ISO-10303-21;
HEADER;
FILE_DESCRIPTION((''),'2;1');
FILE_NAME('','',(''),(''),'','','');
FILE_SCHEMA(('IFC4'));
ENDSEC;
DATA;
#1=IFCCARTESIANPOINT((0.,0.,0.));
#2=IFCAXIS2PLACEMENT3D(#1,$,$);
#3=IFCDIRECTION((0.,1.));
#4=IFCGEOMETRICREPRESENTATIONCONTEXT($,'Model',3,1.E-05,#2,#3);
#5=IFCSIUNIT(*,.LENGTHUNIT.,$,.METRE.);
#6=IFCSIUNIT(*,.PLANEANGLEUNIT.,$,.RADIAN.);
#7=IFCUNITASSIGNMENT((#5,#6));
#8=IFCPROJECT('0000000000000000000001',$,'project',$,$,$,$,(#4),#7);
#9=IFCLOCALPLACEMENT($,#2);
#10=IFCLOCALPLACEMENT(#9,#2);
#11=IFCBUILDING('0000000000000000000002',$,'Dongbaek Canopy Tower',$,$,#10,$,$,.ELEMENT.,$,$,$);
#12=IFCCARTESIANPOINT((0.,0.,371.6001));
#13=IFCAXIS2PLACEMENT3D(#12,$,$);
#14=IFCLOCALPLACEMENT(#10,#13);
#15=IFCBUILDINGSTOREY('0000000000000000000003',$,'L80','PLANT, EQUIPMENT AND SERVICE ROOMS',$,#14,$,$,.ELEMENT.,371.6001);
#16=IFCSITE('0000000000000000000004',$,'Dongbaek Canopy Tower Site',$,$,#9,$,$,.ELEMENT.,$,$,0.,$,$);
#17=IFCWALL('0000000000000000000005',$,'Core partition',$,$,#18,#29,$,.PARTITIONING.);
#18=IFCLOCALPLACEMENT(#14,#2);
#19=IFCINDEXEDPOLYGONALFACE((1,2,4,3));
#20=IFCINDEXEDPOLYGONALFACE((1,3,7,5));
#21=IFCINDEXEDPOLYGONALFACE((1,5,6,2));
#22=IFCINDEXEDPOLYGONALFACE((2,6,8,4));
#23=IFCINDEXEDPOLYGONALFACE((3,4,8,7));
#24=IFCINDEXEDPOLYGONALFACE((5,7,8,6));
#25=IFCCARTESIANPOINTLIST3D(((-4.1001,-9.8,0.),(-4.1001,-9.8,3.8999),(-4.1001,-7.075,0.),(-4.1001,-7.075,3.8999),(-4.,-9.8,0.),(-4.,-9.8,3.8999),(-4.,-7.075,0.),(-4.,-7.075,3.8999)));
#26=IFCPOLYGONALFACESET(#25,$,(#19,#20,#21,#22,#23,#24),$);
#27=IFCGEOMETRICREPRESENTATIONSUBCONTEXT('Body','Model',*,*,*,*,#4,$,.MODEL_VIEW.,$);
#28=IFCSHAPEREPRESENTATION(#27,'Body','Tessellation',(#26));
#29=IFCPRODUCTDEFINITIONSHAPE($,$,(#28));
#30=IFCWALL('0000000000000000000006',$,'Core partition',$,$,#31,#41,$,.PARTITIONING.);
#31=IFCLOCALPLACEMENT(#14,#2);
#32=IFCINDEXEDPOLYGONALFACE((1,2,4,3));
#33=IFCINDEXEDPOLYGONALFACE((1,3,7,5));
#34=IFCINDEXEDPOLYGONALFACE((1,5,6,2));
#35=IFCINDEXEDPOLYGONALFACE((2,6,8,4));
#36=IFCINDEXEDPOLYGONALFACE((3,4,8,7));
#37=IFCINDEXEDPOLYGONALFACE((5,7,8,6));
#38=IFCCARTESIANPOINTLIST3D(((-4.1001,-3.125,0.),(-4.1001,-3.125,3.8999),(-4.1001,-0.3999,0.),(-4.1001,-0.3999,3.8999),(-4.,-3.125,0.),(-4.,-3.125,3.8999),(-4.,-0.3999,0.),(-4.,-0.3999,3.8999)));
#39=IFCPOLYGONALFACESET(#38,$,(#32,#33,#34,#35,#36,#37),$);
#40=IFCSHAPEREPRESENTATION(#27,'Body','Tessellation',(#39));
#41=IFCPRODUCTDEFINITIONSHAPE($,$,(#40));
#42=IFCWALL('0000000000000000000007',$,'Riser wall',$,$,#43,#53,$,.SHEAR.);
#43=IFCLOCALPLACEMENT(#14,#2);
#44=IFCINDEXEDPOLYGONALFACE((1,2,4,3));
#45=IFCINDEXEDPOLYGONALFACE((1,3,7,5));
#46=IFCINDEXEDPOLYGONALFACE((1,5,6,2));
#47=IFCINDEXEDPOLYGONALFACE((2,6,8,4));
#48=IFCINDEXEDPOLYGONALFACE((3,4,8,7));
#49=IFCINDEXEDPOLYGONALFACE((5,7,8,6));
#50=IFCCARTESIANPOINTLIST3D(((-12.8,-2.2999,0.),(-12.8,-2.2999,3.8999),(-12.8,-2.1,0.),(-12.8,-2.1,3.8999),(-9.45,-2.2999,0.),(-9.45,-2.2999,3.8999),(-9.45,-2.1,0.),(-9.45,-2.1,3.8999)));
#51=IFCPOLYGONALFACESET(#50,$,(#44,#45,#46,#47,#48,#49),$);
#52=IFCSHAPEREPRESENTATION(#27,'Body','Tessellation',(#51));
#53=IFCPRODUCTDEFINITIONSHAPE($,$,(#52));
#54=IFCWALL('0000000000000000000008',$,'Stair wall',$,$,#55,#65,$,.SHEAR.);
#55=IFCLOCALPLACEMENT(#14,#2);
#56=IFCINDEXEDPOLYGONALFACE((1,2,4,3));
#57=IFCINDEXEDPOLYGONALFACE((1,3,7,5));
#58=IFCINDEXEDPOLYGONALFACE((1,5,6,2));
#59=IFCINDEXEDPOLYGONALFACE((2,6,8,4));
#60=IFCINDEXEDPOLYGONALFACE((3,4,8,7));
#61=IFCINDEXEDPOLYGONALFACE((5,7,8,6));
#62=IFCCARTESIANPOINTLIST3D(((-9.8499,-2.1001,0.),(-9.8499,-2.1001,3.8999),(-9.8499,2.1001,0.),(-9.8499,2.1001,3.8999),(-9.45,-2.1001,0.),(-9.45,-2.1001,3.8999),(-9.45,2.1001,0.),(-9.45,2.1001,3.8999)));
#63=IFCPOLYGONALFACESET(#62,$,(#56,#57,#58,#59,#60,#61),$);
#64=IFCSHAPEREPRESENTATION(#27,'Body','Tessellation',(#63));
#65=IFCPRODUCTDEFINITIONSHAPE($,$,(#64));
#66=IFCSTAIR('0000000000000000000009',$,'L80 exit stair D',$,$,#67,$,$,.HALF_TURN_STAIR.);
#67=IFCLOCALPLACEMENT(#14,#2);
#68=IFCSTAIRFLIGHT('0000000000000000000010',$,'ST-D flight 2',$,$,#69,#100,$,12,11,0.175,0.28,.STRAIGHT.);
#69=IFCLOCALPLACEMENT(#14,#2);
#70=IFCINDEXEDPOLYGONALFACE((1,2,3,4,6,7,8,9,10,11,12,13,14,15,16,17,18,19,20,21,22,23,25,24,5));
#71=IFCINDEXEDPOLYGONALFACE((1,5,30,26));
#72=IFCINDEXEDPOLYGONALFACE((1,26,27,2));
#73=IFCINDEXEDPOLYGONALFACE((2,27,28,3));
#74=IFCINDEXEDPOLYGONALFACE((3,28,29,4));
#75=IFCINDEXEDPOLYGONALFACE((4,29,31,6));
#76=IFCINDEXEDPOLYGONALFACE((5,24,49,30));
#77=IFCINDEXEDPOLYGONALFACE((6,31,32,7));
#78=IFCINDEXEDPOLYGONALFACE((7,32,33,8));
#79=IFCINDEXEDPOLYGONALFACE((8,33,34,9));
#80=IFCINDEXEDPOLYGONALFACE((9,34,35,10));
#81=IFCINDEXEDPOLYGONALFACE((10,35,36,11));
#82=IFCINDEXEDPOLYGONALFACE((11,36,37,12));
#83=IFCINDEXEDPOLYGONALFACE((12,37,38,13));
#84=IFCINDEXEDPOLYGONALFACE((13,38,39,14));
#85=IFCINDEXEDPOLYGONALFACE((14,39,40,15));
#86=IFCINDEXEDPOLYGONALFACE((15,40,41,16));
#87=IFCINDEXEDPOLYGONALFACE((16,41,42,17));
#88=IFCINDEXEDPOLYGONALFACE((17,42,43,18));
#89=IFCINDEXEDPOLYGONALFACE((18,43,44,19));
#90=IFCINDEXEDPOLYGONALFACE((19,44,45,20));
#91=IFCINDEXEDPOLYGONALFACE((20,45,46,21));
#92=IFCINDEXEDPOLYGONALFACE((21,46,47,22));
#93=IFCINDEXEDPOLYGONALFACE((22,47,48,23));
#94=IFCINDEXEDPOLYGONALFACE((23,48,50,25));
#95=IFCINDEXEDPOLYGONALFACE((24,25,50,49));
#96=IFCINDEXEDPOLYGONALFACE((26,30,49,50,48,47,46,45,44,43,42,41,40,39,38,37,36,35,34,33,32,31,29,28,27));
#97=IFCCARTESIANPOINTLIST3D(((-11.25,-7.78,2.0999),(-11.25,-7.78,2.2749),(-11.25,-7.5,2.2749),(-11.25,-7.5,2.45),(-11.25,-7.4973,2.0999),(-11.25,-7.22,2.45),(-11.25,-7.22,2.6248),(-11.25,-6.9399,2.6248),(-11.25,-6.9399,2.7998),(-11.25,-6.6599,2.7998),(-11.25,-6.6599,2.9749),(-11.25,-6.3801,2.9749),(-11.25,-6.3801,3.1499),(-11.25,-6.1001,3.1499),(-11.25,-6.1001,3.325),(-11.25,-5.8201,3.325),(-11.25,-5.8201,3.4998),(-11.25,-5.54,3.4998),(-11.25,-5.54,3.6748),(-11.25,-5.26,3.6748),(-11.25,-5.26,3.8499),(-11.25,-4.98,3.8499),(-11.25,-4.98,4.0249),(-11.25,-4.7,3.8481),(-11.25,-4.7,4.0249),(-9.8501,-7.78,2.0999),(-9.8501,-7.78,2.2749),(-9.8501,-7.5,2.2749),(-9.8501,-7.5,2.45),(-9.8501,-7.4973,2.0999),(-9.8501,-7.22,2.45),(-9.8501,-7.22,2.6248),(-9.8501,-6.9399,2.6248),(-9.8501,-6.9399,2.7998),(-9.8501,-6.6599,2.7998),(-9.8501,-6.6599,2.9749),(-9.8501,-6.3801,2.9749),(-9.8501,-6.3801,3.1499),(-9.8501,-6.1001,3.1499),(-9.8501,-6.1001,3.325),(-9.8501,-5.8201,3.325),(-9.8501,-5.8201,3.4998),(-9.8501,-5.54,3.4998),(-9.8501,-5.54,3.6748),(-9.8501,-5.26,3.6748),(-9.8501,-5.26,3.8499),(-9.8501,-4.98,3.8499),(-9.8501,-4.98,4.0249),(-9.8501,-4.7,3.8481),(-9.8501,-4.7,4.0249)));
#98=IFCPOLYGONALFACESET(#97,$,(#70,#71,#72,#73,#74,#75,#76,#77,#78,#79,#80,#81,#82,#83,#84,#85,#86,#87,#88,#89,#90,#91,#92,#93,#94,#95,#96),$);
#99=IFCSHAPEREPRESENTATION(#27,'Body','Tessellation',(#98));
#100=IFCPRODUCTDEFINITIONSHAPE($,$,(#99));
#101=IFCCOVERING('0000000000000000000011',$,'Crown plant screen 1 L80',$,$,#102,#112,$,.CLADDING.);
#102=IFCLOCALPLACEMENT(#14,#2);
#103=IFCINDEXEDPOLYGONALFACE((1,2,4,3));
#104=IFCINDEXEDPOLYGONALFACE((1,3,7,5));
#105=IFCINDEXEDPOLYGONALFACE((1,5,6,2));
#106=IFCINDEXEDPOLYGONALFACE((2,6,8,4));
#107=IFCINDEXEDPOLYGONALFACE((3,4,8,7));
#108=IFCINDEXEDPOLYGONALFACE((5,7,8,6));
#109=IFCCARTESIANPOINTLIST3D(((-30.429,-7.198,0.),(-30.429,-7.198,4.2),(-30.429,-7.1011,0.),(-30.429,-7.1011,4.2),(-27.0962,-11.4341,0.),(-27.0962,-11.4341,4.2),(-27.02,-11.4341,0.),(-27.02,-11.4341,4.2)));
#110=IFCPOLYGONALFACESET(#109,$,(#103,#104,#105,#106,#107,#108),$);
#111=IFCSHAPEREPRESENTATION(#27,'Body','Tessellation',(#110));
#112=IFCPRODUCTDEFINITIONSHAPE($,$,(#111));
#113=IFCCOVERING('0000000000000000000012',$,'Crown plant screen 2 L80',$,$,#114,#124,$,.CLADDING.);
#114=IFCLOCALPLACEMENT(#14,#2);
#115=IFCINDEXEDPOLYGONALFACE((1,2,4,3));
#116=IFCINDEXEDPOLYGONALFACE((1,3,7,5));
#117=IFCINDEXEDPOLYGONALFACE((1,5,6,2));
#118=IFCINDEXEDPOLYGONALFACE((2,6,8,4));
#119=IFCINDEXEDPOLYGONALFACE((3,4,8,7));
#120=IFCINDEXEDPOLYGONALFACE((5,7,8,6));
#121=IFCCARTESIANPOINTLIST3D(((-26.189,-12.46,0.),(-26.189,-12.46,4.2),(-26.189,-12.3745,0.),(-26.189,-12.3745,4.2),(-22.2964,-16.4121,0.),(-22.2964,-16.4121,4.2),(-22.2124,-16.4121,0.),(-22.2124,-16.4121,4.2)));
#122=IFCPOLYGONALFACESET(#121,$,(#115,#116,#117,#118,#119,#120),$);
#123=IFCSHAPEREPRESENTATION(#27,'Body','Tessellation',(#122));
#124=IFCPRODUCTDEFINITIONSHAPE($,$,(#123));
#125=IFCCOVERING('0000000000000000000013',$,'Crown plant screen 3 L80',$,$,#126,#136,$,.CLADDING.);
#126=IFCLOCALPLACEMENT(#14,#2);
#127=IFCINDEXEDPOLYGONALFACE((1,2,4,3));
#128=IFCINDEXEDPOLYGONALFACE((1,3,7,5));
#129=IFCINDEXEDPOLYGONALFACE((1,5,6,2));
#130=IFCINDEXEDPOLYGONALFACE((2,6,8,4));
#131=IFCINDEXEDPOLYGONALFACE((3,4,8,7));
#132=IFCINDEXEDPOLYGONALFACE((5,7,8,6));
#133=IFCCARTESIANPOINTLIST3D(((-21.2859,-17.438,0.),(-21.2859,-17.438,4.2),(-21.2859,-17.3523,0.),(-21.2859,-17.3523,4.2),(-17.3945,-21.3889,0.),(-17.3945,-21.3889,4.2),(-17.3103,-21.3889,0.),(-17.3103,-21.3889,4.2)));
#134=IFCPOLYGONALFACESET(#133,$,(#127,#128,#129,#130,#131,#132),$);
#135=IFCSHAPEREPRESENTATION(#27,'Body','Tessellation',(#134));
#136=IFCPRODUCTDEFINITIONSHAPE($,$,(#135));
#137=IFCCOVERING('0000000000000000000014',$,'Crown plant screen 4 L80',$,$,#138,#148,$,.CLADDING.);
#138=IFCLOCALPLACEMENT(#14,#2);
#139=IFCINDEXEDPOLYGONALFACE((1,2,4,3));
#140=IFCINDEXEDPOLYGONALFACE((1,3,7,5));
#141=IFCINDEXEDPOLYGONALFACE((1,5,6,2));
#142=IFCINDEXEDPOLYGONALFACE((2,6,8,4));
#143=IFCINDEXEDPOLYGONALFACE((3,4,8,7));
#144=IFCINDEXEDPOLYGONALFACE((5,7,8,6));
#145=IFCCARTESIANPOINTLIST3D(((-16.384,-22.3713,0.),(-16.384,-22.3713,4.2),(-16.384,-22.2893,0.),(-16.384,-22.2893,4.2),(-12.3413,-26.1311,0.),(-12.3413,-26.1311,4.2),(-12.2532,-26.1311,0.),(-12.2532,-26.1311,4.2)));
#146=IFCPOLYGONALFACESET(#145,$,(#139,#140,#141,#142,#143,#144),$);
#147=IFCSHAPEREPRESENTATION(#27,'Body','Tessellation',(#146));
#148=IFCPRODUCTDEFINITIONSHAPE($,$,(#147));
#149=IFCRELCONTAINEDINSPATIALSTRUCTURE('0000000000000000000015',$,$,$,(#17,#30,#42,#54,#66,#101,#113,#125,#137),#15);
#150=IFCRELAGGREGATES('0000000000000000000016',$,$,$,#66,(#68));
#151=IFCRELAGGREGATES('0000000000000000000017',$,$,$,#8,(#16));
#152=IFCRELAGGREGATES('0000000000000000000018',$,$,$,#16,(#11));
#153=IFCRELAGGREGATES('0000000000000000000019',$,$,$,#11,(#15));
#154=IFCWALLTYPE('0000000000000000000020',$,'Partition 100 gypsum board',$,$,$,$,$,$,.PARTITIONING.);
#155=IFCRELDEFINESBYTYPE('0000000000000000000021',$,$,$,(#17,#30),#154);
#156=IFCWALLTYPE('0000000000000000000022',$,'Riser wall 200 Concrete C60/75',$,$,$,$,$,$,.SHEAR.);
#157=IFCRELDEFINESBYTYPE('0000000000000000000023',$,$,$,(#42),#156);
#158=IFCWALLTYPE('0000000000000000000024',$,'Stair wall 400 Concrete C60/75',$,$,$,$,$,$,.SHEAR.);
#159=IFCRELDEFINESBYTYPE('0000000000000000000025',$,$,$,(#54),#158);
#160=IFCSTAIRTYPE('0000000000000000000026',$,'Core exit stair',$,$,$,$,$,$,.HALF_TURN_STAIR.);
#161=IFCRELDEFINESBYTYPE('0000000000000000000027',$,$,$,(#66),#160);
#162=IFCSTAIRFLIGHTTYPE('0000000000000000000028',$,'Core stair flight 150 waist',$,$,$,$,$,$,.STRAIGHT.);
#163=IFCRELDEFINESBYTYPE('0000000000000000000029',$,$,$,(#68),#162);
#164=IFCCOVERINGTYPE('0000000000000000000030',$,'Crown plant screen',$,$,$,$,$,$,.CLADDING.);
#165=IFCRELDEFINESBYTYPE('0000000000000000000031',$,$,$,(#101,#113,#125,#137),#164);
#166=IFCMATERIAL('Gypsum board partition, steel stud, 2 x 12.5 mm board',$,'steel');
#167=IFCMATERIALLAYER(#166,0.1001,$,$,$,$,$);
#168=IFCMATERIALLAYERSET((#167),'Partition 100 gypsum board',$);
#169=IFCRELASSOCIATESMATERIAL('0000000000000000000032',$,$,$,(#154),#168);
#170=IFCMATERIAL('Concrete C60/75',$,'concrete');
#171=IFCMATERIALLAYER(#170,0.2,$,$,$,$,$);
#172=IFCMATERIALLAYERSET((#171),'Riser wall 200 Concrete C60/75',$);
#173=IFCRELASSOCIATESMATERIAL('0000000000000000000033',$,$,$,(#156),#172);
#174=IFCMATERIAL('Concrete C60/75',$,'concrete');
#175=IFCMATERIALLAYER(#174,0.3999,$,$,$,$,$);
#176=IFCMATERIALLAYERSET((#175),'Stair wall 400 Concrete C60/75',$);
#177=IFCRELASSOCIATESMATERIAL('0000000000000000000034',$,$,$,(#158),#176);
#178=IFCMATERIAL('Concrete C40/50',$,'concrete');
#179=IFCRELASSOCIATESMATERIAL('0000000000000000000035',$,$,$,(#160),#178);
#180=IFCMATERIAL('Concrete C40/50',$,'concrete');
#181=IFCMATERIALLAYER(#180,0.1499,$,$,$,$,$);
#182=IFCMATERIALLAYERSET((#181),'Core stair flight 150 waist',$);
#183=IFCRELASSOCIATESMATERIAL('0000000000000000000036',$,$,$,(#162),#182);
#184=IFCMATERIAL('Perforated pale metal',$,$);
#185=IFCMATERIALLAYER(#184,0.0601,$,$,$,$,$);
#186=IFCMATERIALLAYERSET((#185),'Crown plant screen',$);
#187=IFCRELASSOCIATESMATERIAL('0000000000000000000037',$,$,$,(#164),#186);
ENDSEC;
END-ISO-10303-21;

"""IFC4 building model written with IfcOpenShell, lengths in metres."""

from ifc_helpers import new_model, si_unit, direction, frame, frame_2d, origin, place, context, subcontext, project, spatial, polyline, rectangle, outline, extrude, material, layer, layer_set, type_object, element, aggregate, save


model = new_model("IFC4")

# Units and contexts
model_context = context("Model", 3, precision=1e-05, world=origin(), true_north=direction((0.0, 1.0)))
body_context = subcontext(model_context, "Body", "Model", "MODEL_VIEW")
ifc_project = project(units=[si_unit("LENGTHUNIT", "METRE"), si_unit("PLANEANGLEUNIT", "RADIAN")], contexts=[model_context])

# Site, building, storey
site_placement = place(None, origin())
site = spatial("IfcSite", under=ifc_project, at=site_placement, Name="Dongbaek Canopy Tower Site", CompositionType="ELEMENT", RefElevation=0.0)
building_placement = place(site_placement, origin())
building = spatial("IfcBuilding", under=site, at=building_placement, Name="Dongbaek Canopy Tower", CompositionType="ELEMENT")
storey_placement = place(building_placement, frame((0.0, 0.0, 371.6001)))
storey = spatial("IfcBuildingStorey", under=building, at=storey_placement, Name="L80", Description="PLANT, EQUIPMENT AND SERVICE ROOMS", CompositionType="ELEMENT", Elevation=371.6001)

# Walls
ifc_material_1 = material(Name="Gypsum board partition, steel stud, 2 x 12.5 mm board", Category="steel")
ifc_layer_1 = layer(ifc_material_1, 0.1001)
ifc_layer_set_1 = layer_set([ifc_layer_1], Name="Partition 100 gypsum board")
wall_type_1 = type_object("IfcWallType", Name="Partition 100 gypsum board", PredefinedType="PARTITIONING", material=ifc_layer_set_1)
for number, where, z_axis, x_axis, name in (
    (1, (-4.05, -9.8, 0.0), (0.0, 0.0, 1.0), (0.0, 1.0, 0.0), "Core partition"),
    (2, (-4.05, -3.125, 0.0), (0.0, 0.0, 1.0), (0.0, 1.0, 0.0), "Core partition"),
):
    element("IfcWall", number, at=place(storey_placement, frame(where, z_axis=z_axis, x_axis=x_axis)), inside=storey, type_object=wall_type_1, Name=name, PredefinedType="PARTITIONING", context=body_context, shape_type="SweptSolid", body=[
        extrude(rectangle(XDim=2.7251, YDim=0.1001, at=frame_2d((1.3625, 0.0))), origin(), (0.0, 0.0, 1.0), 3.8999),
    ])
ifc_material_2 = material(Name="Concrete C60/75", Category="concrete")
ifc_layer_2 = layer(ifc_material_2, 0.2)
ifc_layer_set_2 = layer_set([ifc_layer_2], Name="Riser wall 200 Concrete C60/75")
wall_type_2 = type_object("IfcWallType", Name="Riser wall 200 Concrete C60/75", PredefinedType="SHEAR", material=ifc_layer_set_2)
wall_1_placement = place(storey_placement, frame((-9.45, -2.2, 0.0), z_axis=(0.0, 0.0, 1.0), x_axis=(-1.0, 0.0, 0.0)))
element("IfcWall", 3, at=wall_1_placement, inside=storey, type_object=wall_type_2, Name="Riser wall", PredefinedType="SHEAR", context=body_context, shape_type="SweptSolid", body=[
    extrude(rectangle(XDim=3.3501, YDim=0.2, at=frame_2d((1.675, 0.0))), origin(), (0.0, 0.0, 1.0), 3.8999),
])
ifc_material_3 = material(Name="Concrete C60/75", Category="concrete")
ifc_layer_3 = layer(ifc_material_3, 0.3999)
ifc_layer_set_3 = layer_set([ifc_layer_3], Name="Stair wall 400 Concrete C60/75")
wall_type_3 = type_object("IfcWallType", Name="Stair wall 400 Concrete C60/75", PredefinedType="SHEAR", material=ifc_layer_set_3)
wall_2_placement = place(storey_placement, frame((-9.6499, -2.1001, 0.0), z_axis=(0.0, 0.0, 1.0), x_axis=(0.0, 1.0, 0.0)))
element("IfcWall", 4, at=wall_2_placement, inside=storey, type_object=wall_type_3, Name="Stair wall", PredefinedType="SHEAR", context=body_context, shape_type="SweptSolid", body=[
    extrude(rectangle(XDim=4.2002, YDim=0.3999, at=frame_2d((2.1001, 0.0))), origin(), (0.0, 0.0, 1.0), 3.8999),
])

# Stair, stair flight
ifc_material_4 = material(Name="Concrete C40/50", Category="concrete")
stair_type = type_object("IfcStairType", Name="Core exit stair", PredefinedType="HALF_TURN_STAIR", material=ifc_material_4)
stair_placement = place(storey_placement, origin())
stair = element("IfcStair", 5, at=stair_placement, inside=storey, type_object=stair_type, Name="L80 exit stair D", PredefinedType="HALF_TURN_STAIR")
ifc_material_5 = material(Name="Concrete C40/50", Category="concrete")
ifc_layer_4 = layer(ifc_material_5, 0.1499)
ifc_layer_set_4 = layer_set([ifc_layer_4], Name="Core stair flight 150 waist")
stair_flight_type = type_object("IfcStairFlightType", Name="Core stair flight 150 waist", PredefinedType="STRAIGHT", material=ifc_layer_set_4)
stair_flight_placement = place(storey_placement, frame((-10.55, -7.78, 2.0999), z_axis=(0.0, 0.0, 1.0), x_axis=(0.0, 1.0, 0.0)))
stair_flight = element("IfcStairFlight", 6, at=stair_flight_placement, type_object=stair_flight_type, Name="ST-D flight 2", NumberOfRisers=12, NumberOfTreads=11, PredefinedType="STRAIGHT", RiserHeight=0.175, TreadLength=0.28, context=body_context, shape_type="SweptSolid", body=[
    extrude(outline(polyline([(0.0, 0.0), (0.0, 0.175), (0.28, 0.175), (0.28, 0.3501), (0.5601, 0.3501), (0.5601, 0.5249), (0.8401, 0.5249), (0.8401, 0.7), (1.1201, 0.7), (1.1201, 0.875), (1.3999, 0.875), (1.3999, 1.05), (1.6799, 1.05), (1.6799, 1.2251), (1.96, 1.2251), (1.96, 1.3999), (2.24, 1.3999), (2.24, 1.575), (2.52, 1.575), (2.52, 1.75), (2.8, 1.75), (2.8, 1.925), (3.0801, 1.925), (3.0801, 2.1001), (3.0801, 1.7483), (0.2827, 0.0), (0.0, 0.0)])), frame((0.0, 0.7, 0.0), z_axis=(0.0, -1.0, 0.0), x_axis=(1.0, 0.0, 0.0)), (0.0, 0.0, 1.0), 1.3999),
])
aggregate(stair, [stair_flight])

# Coverings
ifc_material_6 = material(Name="Perforated pale metal")
ifc_layer_5 = layer(ifc_material_6, 0.0601)
ifc_layer_set_5 = layer_set([ifc_layer_5], Name="Crown plant screen")
covering_type = type_object("IfcCoveringType", Name="Crown plant screen", PredefinedType="CLADDING", material=ifc_layer_set_5)
covering_1_placement = place(storey_placement, origin())
element("IfcCovering", 7, at=covering_1_placement, inside=storey, type_object=covering_type, Name="Crown plant screen 1 L80", PredefinedType="CLADDING", context=body_context, shape_type="SweptSolid", body=[
    extrude(outline(polyline([(-30.429, -7.198), (-30.429, -7.1011), (-27.02, -11.4341), (-27.0962, -11.4341), (-30.429, -7.198)])), origin(), (0.0, 0.0, 1.0), 4.2),
])
covering_2_placement = place(storey_placement, origin())
element("IfcCovering", 8, at=covering_2_placement, inside=storey, type_object=covering_type, Name="Crown plant screen 2 L80", PredefinedType="CLADDING", context=body_context, shape_type="SweptSolid", body=[
    extrude(outline(polyline([(-26.189, -12.46), (-26.189, -12.3745), (-22.2124, -16.4121), (-22.2964, -16.4121), (-26.189, -12.46)])), origin(), (0.0, 0.0, 1.0), 4.2),
])
covering_3_placement = place(storey_placement, origin())
element("IfcCovering", 9, at=covering_3_placement, inside=storey, type_object=covering_type, Name="Crown plant screen 3 L80", PredefinedType="CLADDING", context=body_context, shape_type="SweptSolid", body=[
    extrude(outline(polyline([(-21.2859, -17.438), (-21.2859, -17.3523), (-17.3103, -21.3889), (-17.3945, -21.3889), (-21.2859, -17.438)])), origin(), (0.0, 0.0, 1.0), 4.2),
])
covering_4_placement = place(storey_placement, origin())
element("IfcCovering", 10, at=covering_4_placement, inside=storey, type_object=covering_type, Name="Crown plant screen 4 L80", PredefinedType="CLADDING", context=body_context, shape_type="SweptSolid", body=[
    extrude(outline(polyline([(-16.384, -22.3713), (-16.384, -22.2893), (-12.2532, -26.1311), (-12.3413, -26.1311), (-16.384, -22.3713)])), origin(), (0.0, 0.0, 1.0), 4.2),
])

save(model, "model.ifc")
